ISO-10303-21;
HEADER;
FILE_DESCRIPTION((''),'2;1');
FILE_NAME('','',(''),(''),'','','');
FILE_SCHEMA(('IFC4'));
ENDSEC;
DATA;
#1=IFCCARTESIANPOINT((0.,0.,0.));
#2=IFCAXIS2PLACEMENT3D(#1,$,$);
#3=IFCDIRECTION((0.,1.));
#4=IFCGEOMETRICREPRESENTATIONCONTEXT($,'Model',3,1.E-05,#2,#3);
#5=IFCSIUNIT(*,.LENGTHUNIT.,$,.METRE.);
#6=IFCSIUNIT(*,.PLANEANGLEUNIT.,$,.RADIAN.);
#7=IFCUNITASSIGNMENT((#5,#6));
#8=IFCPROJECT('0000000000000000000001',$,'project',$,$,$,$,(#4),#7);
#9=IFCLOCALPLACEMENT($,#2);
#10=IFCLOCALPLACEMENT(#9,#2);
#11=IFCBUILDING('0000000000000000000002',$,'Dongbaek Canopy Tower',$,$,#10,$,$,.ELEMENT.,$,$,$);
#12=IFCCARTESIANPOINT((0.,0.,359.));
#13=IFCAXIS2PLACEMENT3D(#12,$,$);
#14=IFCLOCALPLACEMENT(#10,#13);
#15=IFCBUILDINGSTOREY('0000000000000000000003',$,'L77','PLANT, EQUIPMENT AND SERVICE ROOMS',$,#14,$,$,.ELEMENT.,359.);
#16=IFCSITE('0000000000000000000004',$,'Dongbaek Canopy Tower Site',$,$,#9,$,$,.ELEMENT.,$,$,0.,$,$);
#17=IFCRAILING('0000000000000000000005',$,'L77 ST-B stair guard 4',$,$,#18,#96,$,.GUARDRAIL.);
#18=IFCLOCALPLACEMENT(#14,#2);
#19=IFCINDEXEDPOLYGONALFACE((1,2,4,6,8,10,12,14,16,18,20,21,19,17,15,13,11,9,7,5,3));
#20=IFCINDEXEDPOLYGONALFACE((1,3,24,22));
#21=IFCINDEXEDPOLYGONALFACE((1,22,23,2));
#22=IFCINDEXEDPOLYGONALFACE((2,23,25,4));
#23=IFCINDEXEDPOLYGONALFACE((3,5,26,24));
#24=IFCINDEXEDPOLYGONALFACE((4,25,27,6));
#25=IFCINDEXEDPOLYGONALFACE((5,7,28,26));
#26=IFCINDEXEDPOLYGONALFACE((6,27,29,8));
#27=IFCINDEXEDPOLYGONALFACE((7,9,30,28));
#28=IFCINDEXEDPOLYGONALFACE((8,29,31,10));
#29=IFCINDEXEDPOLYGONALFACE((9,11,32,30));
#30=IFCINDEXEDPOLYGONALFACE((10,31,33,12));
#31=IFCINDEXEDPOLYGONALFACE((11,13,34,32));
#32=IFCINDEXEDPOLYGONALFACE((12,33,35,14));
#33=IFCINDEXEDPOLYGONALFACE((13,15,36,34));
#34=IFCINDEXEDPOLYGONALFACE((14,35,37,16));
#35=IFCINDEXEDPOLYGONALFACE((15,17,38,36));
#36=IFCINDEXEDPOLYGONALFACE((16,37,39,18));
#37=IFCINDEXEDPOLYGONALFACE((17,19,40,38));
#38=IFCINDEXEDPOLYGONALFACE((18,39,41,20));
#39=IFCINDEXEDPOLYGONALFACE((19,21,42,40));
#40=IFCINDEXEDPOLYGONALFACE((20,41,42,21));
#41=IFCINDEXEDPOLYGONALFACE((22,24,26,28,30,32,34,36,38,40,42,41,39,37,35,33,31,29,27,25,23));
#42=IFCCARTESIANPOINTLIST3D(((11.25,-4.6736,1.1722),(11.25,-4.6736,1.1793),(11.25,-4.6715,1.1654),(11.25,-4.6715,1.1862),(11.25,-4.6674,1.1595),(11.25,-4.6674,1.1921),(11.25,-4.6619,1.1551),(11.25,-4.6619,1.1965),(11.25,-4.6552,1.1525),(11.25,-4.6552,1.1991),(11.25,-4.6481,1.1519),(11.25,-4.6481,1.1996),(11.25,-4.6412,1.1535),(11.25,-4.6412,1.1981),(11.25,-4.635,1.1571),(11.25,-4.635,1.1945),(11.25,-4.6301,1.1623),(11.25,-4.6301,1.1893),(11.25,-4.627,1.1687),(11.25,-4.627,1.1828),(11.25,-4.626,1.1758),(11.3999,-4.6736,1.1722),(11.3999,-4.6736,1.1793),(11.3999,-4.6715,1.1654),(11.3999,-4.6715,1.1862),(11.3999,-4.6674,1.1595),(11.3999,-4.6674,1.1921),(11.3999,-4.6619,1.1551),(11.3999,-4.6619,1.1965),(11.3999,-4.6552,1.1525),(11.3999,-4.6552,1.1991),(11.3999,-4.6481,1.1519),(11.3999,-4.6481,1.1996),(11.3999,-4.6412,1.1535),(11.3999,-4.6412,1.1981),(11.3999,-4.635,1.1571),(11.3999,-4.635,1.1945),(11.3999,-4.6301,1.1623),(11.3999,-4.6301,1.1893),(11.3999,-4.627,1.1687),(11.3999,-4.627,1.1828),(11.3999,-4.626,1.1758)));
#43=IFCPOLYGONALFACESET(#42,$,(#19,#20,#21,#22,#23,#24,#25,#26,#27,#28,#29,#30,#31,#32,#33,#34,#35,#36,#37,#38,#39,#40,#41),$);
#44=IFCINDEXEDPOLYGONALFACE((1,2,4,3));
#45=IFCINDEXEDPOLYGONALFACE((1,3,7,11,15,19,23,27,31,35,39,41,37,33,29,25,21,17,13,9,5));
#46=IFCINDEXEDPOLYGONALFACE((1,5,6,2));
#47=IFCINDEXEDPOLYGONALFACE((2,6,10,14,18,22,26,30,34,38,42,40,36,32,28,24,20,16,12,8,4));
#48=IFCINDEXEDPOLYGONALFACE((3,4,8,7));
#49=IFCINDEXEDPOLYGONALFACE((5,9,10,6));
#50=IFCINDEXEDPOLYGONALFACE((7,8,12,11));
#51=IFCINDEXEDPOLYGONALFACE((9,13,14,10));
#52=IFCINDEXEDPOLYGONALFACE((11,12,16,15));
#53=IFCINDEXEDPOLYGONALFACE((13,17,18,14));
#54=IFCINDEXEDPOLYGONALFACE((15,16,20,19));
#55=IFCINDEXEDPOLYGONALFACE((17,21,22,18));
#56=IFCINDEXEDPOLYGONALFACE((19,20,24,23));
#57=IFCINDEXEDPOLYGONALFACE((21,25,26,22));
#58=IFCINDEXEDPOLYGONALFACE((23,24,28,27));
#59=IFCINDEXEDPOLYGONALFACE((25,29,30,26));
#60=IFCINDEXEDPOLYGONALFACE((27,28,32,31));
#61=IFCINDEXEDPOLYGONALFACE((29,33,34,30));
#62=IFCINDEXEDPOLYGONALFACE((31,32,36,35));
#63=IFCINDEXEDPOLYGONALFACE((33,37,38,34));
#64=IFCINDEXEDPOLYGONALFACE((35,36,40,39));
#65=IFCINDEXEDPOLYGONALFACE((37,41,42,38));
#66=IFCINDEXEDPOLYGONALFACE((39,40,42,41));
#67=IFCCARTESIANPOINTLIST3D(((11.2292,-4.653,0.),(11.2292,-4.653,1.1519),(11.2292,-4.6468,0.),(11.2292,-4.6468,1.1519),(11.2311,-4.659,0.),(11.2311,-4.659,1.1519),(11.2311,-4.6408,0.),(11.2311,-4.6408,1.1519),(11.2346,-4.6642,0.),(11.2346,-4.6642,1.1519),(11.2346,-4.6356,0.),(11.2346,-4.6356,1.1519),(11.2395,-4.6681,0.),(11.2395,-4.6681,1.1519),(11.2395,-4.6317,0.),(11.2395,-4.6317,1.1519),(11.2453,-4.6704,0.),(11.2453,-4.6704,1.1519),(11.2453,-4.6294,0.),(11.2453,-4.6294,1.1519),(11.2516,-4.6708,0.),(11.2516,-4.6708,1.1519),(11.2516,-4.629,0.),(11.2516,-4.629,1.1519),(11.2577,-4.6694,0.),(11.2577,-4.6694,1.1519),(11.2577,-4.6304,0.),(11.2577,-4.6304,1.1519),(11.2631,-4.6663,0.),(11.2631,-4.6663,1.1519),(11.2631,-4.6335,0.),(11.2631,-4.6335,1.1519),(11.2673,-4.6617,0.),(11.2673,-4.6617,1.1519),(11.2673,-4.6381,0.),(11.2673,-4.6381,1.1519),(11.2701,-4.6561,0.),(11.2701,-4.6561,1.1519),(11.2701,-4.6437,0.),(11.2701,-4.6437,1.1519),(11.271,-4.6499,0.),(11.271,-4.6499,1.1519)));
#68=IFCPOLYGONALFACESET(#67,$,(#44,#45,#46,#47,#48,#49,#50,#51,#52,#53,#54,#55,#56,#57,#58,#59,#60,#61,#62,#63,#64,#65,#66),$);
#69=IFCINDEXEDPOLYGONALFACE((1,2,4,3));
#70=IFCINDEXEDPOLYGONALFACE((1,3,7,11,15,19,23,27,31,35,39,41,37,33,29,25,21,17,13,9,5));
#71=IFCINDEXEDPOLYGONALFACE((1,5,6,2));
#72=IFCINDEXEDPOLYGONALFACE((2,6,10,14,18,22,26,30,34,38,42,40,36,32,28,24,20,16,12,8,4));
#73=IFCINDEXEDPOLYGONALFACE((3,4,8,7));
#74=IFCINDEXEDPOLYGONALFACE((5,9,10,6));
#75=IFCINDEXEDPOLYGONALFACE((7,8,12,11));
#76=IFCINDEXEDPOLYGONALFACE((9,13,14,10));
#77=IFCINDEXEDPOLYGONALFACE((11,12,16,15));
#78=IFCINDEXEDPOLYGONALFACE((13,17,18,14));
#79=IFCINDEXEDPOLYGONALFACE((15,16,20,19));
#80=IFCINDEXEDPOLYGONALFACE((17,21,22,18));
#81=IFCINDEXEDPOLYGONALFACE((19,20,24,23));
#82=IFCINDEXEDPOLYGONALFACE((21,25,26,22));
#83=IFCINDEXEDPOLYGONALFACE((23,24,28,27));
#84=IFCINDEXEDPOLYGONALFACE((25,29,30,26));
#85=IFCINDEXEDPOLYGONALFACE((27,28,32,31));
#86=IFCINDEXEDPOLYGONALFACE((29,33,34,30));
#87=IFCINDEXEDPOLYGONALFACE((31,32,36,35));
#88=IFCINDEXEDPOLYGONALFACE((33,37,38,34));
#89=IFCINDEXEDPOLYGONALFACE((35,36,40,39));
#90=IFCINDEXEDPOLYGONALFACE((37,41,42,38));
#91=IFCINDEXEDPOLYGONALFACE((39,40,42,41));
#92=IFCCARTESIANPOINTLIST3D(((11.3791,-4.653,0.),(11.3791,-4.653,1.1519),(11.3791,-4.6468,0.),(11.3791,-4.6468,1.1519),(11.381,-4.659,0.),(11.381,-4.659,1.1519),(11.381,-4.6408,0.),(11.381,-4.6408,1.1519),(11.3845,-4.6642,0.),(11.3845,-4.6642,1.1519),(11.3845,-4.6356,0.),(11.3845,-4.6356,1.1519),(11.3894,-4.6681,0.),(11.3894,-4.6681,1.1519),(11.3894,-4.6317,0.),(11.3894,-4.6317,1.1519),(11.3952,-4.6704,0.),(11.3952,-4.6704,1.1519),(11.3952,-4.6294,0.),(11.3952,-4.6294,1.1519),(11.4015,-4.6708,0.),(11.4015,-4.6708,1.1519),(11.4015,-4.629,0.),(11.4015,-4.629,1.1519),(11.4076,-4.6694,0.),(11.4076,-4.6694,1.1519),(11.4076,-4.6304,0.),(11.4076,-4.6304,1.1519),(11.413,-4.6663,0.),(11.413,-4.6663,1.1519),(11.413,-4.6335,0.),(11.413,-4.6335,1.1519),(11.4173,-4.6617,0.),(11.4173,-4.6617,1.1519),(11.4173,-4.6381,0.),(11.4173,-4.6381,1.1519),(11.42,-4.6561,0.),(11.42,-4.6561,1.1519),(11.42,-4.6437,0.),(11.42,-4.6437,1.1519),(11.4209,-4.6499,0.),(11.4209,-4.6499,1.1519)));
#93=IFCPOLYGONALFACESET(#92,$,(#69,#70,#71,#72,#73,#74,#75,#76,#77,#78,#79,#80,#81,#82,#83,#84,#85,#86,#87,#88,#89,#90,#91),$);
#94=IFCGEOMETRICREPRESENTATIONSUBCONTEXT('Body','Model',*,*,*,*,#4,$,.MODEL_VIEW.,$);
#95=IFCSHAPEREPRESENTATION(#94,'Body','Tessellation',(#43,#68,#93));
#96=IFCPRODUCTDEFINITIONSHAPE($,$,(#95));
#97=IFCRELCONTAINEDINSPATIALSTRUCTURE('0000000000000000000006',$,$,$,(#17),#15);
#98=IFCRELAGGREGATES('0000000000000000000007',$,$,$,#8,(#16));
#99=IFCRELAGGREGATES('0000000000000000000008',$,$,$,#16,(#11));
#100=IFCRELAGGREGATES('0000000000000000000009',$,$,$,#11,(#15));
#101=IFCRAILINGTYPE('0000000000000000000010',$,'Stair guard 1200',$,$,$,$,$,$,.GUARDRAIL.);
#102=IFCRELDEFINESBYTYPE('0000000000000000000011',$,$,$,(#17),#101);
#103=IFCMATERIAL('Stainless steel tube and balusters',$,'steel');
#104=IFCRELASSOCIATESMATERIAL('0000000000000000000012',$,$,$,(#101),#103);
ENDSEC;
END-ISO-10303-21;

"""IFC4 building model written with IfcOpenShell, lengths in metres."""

from ifc_helpers import new_model, si_unit, direction, frame, origin, origin_2d, place, context, subcontext, project, spatial, circle, extrude, material, type_object, element, save


model = new_model("IFC4")

# Units and contexts
model_context = context("Model", 3, precision=1e-05, world=origin(), true_north=direction((0.0, 1.0)))
body_context = subcontext(model_context, "Body", "Model", "MODEL_VIEW")
ifc_project = project(units=[si_unit("LENGTHUNIT", "METRE"), si_unit("PLANEANGLEUNIT", "RADIAN")], contexts=[model_context])

# Site, building, storey
site_placement = place(None, origin())
site = spatial("IfcSite", under=ifc_project, at=site_placement, Name="Dongbaek Canopy Tower Site", CompositionType="ELEMENT", RefElevation=0.0)
building_placement = place(site_placement, origin())
building = spatial("IfcBuilding", under=site, at=building_placement, Name="Dongbaek Canopy Tower", CompositionType="ELEMENT")
storey_placement = place(building_placement, frame((0.0, 0.0, 359.0)))
storey = spatial("IfcBuildingStorey", under=building, at=storey_placement, Name="L77", Description="PLANT, EQUIPMENT AND SERVICE ROOMS", CompositionType="ELEMENT", Elevation=359.0)

# Railing
ifc_material_1 = material(Name="Stainless steel tube and balusters", Category="steel")
railing_type_1 = type_object("IfcRailingType", Name="Stair guard 1200", PredefinedType="GUARDRAIL", material=ifc_material_1)
railing_1_placement = place(storey_placement, frame((11.25, -4.6499, 0.0)))
element("IfcRailing", 1, at=railing_1_placement, inside=storey, type_object=railing_type_1, Name="L77 ST-B stair guard 4", PredefinedType="GUARDRAIL", context=body_context, shape_type="SweptSolid", body=[
    extrude(circle(Radius=0.0239, at=origin_2d()), frame((0.0, 0.0, 1.1758), z_axis=(1.0, 0.0, 0.0), x_axis=(0.0, 1.0, 0.0)), (0.0, 0.0, 1.0), 0.1499),
    extrude(circle(Radius=0.021, at=origin_2d()), origin(), (0.0, 0.0, 1.0), 1.1519),
    extrude(circle(Radius=0.021, at=origin_2d()), frame((0.1499, 0.0, 0.0)), (0.0, 0.0, 1.0), 1.1519),
])

save(model, "model.ifc")
